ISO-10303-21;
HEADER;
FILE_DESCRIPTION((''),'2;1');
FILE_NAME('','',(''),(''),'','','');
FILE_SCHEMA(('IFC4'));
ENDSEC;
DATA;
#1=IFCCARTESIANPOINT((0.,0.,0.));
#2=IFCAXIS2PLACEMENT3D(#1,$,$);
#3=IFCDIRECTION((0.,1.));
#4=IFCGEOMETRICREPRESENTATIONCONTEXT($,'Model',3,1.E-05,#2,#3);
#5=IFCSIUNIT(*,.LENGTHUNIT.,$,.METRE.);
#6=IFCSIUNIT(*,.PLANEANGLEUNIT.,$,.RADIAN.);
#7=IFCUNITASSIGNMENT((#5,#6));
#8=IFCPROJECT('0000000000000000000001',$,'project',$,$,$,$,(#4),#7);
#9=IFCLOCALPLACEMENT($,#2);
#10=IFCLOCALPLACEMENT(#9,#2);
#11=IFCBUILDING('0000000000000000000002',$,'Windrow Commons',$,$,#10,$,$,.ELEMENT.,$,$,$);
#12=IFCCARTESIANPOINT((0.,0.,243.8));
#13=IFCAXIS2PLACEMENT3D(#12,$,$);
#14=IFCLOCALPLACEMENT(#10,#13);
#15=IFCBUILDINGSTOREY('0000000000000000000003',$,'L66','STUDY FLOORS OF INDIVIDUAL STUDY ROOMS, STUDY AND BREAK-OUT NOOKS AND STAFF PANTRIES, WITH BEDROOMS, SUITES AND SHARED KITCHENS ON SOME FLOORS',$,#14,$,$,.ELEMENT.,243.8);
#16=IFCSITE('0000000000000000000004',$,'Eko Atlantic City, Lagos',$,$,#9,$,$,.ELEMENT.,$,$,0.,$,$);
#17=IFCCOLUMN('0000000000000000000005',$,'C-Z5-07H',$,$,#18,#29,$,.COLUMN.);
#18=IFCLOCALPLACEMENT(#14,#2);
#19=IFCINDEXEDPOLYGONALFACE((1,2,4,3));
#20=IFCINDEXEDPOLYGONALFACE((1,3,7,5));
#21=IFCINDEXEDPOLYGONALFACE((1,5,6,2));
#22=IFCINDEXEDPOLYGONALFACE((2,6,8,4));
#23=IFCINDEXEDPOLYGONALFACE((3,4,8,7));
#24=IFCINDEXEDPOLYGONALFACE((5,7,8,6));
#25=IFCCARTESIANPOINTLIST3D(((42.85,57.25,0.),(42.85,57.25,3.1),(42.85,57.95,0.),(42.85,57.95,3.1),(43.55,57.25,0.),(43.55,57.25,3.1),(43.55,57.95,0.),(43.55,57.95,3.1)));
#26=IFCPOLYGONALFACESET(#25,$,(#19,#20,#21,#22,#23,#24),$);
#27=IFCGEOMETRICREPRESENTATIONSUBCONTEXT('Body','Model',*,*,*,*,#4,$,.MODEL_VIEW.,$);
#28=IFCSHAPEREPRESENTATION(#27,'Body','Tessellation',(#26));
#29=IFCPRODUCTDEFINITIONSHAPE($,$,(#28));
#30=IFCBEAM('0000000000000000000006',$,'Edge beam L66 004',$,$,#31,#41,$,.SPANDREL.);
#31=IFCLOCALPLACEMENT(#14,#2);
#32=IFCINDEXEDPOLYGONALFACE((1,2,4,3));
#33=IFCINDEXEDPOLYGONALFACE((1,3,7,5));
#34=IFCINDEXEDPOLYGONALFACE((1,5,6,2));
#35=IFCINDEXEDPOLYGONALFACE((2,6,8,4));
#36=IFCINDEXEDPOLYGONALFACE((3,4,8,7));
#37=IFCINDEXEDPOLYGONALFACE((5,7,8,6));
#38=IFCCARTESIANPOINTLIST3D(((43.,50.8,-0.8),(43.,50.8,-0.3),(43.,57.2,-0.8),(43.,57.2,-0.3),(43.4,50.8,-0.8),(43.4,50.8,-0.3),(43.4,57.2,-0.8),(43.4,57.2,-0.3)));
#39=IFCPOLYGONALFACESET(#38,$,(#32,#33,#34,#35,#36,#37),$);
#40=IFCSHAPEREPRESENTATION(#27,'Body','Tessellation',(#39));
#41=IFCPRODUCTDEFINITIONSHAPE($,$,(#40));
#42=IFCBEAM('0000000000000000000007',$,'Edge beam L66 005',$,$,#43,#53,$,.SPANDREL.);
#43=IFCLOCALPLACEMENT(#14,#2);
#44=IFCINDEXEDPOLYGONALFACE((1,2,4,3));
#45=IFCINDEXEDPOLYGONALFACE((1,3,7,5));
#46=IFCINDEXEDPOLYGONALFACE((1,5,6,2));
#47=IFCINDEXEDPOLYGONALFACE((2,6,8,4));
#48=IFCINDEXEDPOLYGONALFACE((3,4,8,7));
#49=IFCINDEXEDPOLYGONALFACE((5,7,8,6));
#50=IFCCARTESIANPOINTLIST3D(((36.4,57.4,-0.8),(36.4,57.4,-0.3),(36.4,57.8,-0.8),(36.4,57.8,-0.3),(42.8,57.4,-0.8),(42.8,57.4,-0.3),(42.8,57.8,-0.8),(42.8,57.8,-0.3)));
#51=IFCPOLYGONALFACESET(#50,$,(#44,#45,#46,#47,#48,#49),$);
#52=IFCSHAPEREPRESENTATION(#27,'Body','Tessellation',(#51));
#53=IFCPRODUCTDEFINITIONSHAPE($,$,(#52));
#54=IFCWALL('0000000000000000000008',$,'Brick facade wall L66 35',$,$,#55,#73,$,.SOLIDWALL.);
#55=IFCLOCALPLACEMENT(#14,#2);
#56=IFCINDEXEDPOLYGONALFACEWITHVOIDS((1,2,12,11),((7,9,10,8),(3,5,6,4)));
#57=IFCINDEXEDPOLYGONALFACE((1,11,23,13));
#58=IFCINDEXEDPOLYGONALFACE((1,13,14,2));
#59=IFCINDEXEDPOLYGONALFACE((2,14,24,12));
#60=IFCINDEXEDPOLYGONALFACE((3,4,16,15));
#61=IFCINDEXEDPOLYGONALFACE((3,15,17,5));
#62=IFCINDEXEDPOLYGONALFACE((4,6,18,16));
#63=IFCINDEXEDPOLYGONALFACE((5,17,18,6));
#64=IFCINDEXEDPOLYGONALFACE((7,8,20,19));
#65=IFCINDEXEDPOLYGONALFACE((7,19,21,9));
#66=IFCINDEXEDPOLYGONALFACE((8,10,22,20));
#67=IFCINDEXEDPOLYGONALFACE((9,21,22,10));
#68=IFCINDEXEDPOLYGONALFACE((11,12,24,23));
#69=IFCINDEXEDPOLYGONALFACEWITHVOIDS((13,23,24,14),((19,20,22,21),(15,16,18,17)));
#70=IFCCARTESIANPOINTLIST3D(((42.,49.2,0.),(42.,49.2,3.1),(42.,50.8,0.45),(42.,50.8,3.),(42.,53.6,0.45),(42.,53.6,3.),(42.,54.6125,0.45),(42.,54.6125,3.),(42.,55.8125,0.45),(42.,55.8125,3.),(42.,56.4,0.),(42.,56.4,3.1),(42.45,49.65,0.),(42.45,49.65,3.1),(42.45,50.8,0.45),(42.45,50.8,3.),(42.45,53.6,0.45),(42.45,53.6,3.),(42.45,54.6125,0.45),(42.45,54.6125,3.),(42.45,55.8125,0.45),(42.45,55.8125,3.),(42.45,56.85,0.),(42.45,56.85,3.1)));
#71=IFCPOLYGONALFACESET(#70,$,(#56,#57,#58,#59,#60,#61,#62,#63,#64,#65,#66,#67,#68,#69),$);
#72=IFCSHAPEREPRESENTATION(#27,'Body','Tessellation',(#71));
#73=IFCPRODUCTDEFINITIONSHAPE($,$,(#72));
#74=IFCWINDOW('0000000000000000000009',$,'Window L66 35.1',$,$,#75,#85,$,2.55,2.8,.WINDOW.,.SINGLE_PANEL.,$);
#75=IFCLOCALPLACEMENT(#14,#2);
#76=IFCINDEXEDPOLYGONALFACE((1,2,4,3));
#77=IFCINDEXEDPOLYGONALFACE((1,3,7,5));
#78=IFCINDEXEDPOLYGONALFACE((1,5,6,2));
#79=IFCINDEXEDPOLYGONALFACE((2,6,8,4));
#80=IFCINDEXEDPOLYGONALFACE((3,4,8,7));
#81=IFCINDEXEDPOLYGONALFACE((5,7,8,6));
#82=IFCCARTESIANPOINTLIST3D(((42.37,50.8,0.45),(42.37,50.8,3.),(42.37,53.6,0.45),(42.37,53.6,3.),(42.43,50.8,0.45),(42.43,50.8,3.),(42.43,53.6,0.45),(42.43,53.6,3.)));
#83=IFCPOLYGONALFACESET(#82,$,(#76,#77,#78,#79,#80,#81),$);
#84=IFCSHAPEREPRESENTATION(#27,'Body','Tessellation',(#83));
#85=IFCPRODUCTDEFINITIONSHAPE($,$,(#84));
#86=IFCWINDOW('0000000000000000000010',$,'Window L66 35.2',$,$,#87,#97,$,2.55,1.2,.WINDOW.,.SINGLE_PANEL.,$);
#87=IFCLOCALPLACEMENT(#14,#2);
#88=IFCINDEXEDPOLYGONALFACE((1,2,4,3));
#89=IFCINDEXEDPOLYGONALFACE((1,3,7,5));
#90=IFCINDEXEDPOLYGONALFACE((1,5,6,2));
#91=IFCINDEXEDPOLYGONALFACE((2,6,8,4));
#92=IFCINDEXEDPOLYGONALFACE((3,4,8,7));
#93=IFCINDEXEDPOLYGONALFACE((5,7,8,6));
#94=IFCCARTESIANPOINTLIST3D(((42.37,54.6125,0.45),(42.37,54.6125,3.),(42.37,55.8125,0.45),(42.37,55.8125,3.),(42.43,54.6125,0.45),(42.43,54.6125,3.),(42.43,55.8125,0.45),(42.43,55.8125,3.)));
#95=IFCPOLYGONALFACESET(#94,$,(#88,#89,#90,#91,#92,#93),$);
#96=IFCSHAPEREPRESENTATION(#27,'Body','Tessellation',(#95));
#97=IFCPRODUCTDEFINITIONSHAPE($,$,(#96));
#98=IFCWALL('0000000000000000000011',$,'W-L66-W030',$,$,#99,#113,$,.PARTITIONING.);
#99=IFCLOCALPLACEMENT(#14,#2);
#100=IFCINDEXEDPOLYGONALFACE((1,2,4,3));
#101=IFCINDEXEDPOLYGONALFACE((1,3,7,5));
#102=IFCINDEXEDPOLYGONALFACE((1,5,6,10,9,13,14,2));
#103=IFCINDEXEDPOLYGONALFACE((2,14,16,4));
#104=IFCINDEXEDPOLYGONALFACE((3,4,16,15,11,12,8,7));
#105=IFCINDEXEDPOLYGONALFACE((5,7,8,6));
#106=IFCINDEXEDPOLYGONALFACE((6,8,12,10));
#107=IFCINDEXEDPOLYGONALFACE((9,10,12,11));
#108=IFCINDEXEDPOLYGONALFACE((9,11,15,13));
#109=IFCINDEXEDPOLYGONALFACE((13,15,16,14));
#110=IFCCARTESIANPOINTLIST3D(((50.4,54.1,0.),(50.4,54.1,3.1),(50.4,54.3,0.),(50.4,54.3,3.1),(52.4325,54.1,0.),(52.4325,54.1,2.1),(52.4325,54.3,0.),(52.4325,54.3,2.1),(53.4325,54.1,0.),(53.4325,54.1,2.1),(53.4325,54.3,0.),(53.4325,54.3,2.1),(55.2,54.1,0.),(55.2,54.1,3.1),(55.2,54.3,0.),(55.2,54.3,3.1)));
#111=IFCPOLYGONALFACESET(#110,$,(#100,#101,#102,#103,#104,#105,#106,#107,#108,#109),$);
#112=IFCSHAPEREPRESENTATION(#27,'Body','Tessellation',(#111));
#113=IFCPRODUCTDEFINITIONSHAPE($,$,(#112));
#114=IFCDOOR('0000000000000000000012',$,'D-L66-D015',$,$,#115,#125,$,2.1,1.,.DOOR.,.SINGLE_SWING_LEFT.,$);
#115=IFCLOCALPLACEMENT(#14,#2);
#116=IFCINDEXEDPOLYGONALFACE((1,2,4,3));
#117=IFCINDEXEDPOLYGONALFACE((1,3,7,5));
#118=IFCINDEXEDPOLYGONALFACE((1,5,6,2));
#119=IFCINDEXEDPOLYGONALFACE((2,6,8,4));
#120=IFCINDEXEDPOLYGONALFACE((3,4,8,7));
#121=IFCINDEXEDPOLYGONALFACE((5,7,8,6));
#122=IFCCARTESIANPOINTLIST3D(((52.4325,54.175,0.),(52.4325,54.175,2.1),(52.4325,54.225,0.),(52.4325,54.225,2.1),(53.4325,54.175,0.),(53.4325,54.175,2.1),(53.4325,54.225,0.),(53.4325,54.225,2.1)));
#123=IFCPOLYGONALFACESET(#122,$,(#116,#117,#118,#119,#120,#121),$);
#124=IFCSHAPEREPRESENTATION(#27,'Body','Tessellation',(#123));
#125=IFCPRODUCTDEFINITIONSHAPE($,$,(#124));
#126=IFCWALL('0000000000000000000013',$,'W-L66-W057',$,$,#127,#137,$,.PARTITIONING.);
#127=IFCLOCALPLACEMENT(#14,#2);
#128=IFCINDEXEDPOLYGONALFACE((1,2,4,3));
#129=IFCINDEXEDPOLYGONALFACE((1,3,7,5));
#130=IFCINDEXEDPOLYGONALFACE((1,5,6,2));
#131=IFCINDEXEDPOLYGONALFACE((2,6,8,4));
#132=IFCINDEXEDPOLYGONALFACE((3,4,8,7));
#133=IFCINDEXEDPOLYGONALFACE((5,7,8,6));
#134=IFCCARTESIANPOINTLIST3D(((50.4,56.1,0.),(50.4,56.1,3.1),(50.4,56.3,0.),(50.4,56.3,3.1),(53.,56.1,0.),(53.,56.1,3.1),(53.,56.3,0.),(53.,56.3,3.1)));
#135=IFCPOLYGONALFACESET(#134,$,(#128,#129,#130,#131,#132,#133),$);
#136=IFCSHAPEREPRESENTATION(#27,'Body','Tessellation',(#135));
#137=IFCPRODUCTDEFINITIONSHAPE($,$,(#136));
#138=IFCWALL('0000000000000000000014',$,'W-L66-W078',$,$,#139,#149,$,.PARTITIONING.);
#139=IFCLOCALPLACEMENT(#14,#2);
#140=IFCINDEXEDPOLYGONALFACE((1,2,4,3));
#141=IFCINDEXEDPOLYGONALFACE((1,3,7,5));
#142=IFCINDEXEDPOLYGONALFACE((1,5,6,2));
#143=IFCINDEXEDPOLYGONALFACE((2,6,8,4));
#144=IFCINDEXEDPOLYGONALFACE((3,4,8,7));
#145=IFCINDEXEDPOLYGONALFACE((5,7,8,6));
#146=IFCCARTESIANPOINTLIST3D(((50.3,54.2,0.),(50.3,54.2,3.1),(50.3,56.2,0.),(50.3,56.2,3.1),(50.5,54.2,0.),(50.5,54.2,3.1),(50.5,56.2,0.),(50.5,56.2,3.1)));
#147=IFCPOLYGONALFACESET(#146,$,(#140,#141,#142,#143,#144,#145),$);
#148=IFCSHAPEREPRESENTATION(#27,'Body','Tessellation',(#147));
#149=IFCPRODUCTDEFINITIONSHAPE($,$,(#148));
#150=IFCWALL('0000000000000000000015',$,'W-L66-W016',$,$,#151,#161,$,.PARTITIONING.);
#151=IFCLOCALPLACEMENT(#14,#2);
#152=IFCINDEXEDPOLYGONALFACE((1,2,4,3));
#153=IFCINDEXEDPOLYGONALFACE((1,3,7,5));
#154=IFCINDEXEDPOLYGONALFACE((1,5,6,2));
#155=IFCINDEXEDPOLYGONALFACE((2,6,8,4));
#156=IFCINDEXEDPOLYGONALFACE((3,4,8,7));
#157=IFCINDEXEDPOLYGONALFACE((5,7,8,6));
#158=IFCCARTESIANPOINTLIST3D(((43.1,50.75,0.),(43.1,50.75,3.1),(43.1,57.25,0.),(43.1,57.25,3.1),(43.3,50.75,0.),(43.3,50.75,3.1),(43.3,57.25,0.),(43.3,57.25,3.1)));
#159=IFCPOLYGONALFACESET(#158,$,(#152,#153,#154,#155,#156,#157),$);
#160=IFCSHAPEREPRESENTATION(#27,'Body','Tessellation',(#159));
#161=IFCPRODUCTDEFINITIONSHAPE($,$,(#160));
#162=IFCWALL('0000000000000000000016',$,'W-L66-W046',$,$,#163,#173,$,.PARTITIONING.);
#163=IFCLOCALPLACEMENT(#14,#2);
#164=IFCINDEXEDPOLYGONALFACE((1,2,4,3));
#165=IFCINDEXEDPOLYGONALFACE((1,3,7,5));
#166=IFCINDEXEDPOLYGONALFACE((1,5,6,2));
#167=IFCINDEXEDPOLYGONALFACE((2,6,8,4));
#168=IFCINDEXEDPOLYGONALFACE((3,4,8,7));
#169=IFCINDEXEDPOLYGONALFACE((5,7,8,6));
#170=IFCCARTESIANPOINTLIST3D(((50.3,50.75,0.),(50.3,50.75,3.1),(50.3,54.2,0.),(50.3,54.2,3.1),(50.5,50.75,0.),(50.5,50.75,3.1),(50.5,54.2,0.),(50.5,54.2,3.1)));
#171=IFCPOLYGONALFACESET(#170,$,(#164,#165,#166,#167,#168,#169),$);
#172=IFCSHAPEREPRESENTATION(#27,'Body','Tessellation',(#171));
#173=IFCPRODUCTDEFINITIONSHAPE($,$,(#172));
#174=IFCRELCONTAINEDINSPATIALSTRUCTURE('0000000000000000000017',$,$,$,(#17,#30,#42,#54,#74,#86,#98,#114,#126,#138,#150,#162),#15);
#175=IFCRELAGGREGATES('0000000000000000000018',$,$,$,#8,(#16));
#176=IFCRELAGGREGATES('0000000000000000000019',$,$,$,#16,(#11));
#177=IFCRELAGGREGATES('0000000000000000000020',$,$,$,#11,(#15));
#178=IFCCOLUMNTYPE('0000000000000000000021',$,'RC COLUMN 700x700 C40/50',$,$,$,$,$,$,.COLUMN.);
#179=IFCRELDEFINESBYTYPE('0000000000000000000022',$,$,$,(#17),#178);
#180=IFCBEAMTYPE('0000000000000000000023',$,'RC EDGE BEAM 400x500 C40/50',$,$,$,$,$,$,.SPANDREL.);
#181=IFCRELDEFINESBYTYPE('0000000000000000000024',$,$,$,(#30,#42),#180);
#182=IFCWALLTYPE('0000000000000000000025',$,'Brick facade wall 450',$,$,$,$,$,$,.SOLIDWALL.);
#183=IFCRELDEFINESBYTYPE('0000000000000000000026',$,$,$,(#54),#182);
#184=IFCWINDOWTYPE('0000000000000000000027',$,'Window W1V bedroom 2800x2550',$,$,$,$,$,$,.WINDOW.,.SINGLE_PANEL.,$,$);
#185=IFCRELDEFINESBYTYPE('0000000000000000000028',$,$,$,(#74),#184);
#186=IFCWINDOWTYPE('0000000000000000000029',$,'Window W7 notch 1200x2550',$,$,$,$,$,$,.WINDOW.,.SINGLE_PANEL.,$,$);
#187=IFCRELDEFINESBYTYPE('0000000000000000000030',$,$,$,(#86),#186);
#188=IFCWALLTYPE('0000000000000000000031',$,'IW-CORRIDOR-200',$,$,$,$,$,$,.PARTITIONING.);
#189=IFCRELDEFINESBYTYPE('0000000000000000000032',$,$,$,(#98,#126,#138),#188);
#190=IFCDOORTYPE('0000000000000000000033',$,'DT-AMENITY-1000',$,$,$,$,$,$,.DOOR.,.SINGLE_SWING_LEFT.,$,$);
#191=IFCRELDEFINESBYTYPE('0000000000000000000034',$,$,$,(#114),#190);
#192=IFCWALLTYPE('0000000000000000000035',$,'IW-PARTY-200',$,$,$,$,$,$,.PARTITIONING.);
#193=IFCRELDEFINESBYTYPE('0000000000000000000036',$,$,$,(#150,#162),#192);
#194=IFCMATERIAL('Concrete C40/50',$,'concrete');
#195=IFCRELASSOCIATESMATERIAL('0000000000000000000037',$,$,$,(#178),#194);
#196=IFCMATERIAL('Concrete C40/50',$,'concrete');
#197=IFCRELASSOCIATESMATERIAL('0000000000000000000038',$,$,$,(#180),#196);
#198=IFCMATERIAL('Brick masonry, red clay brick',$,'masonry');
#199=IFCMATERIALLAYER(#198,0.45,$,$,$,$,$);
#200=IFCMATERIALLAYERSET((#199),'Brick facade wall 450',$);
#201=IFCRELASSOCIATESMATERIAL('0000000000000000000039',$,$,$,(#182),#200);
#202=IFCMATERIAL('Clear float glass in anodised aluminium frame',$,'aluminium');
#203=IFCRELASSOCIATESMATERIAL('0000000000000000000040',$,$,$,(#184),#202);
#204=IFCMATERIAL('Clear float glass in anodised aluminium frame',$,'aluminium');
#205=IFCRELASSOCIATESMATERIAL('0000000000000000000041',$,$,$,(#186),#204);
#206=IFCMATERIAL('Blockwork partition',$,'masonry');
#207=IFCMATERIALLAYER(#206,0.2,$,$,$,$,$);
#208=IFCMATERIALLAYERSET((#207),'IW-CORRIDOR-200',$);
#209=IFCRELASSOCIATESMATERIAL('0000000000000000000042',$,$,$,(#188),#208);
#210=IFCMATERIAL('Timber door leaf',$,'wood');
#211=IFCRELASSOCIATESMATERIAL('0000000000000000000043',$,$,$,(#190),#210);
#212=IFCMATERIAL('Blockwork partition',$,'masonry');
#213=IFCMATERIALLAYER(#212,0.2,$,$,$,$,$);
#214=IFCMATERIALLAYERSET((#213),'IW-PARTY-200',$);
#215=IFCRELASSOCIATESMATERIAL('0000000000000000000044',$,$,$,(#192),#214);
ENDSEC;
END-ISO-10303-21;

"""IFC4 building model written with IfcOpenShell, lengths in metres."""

from ifc_helpers import new_model, si_unit, direction, frame, frame_2d, origin, origin_2d, place, context, subcontext, project, spatial, polyline, rectangle, outline, extrude, material, layer, layer_set, material_profile, profile_set, type_object, element, fill, save


model = new_model("IFC4")

# Units and contexts
model_context = context("Model", 3, precision=1e-05, world=origin(), true_north=direction((0.0, 1.0)))
body_context = subcontext(model_context, "Body", "Model", "MODEL_VIEW")
ifc_project = project(units=[si_unit("LENGTHUNIT", "METRE"), si_unit("PLANEANGLEUNIT", "RADIAN")], contexts=[model_context])

# Site, building, storey
site_placement = place(None, origin())
site = spatial("IfcSite", under=ifc_project, at=site_placement, Name="Eko Atlantic City, Lagos", CompositionType="ELEMENT", RefElevation=0.0)
building_placement = place(site_placement, origin())
building = spatial("IfcBuilding", under=site, at=building_placement, Name="Windrow Commons", CompositionType="ELEMENT")
storey_placement = place(building_placement, frame((0.0, 0.0, 243.8)))
storey = spatial("IfcBuildingStorey", under=building, at=storey_placement, Name="L66", Description="STUDY FLOORS OF INDIVIDUAL STUDY ROOMS, STUDY AND BREAK-OUT NOOKS AND STAFF PANTRIES, WITH BEDROOMS, SUITES AND SHARED KITCHENS ON SOME FLOORS", CompositionType="ELEMENT", Elevation=243.8)

# Column
ifc_material_1 = material(Name="Concrete C40/50", Category="concrete")
ifc_material_profile_1 = material_profile(ifc_material_1, rectangle(XDim=0.7, YDim=0.7, at=origin_2d()))
ifc_profile_set_1 = profile_set([ifc_material_profile_1], Name="Concrete C40/50")
column_type = type_object("IfcColumnType", Name="RC COLUMN 700x700 C40/50", PredefinedType="COLUMN", material=ifc_profile_set_1)
column_placement = place(storey_placement, frame((43.2, 57.6, 0.0), z_axis=(0.0, 0.0, 1.0), x_axis=(1.0, 0.0, 0.0)))
element("IfcColumn", 1, at=column_placement, inside=storey, type_object=column_type, Name="C-Z5-07H", PredefinedType="COLUMN", context=body_context, shape_type="SweptSolid", body=[
    extrude(rectangle(XDim=0.7, YDim=0.7, at=origin_2d()), origin(), (0.0, 0.0, 1.0), 3.1),
])

# Beams
ifc_material_2 = material(Name="Concrete C40/50", Category="concrete")
ifc_material_profile_2 = material_profile(ifc_material_2, rectangle(XDim=0.4, YDim=0.5, at=origin_2d()))
ifc_profile_set_2 = profile_set([ifc_material_profile_2], Name="Concrete C40/50")
beam_type = type_object("IfcBeamType", Name="RC EDGE BEAM 400x500 C40/50", PredefinedType="SPANDREL", material=ifc_profile_set_2)
for number, where, z_axis, x_axis, name in (
    (2, (43.2, 50.8, -0.55), (0.0, 1.0, 0.0), (-1.0, 0.0, 0.0), "Edge beam L66 004"),
    (3, (42.8, 57.6, -0.55), (-1.0, 0.0, 0.0), (0.0, -1.0, 0.0), "Edge beam L66 005"),
):
    element("IfcBeam", number, at=place(storey_placement, frame(where, z_axis=z_axis, x_axis=x_axis)), inside=storey, type_object=beam_type, Name=name, PredefinedType="SPANDREL", context=body_context, shape_type="SweptSolid", body=[
        extrude(rectangle(XDim=0.4, YDim=0.5, at=origin_2d()), origin(), (0.0, 0.0, 1.0), 6.4),
    ])

# Wall, openings, windows
ifc_material_3 = material(Name="Brick masonry, red clay brick", Category="masonry")
ifc_layer_1 = layer(ifc_material_3, 0.45)
ifc_layer_set_1 = layer_set([ifc_layer_1], Name="Brick facade wall 450")
wall_type_1 = type_object("IfcWallType", Name="Brick facade wall 450", PredefinedType="SOLIDWALL", material=ifc_layer_set_1)
wall_1_placement = place(storey_placement, frame((42.225, 56.625, 0.0), z_axis=(0.0, 0.0, 1.0), x_axis=(0.0, -1.0, 0.0)))
wall_1 = element("IfcWall", 4, at=wall_1_placement, inside=storey, type_object=wall_type_1, Name="Brick facade wall L66 35", PredefinedType="SOLIDWALL", context=body_context, shape_type="SweptSolid", body=[
    extrude(outline(polyline([(0.225, -0.225), (7.425, -0.225), (6.975, 0.225), (-0.225, 0.225), (0.225, -0.225)])), origin(), (0.0, 0.0, 1.0), 3.1),
])
opening_1_placement = place(wall_1_placement, frame((3.025, 0.0, 0.45)))
opening_1 = element("IfcOpeningElement", 5, at=opening_1_placement, cuts=wall_1, PredefinedType="OPENING", context=body_context, shape_type="SweptSolid", body=[
    extrude(rectangle(XDim=2.8, YDim=2.55, at=frame_2d((1.4, 1.275))), frame((0.0, 0.235, 0.0), z_axis=(0.0, -1.0, 0.0), x_axis=(1.0, 0.0, 0.0)), (0.0, 0.0, 1.0), 0.47),
])
opening_2_placement = place(wall_1_placement, frame((0.8125, 0.0, 0.45)))
opening_2 = element("IfcOpeningElement", 6, at=opening_2_placement, cuts=wall_1, PredefinedType="OPENING", context=body_context, shape_type="SweptSolid", body=[
    extrude(rectangle(XDim=1.2, YDim=2.55, at=frame_2d((0.6, 1.275))), frame((0.0, 0.235, 0.0), z_axis=(0.0, -1.0, 0.0), x_axis=(1.0, 0.0, 0.0)), (0.0, 0.0, 1.0), 0.47),
])
ifc_material_4 = material(Name="Clear float glass in anodised aluminium frame", Category="aluminium")
window_type_1 = type_object("IfcWindowType", Name="Window W1V bedroom 2800x2550", PartitioningType="SINGLE_PANEL", PredefinedType="WINDOW", material=ifc_material_4)
window_1_placement = place(opening_1_placement, origin())
window_1 = element("IfcWindow", 7, at=window_1_placement, inside=storey, type_object=window_type_1, Name="Window L66 35.1", OverallHeight=2.55, OverallWidth=2.8, PartitioningType="SINGLE_PANEL", PredefinedType="WINDOW", context=body_context, shape_type="SweptSolid", body=[
    extrude(rectangle(XDim=2.8, YDim=2.55, at=frame_2d((1.4, 1.275))), frame((0.0, 0.205, 0.0), z_axis=(0.0, -1.0, 0.0), x_axis=(1.0, 0.0, 0.0)), (0.0, 0.0, 1.0), 0.06),
])
fill(opening_1, window_1)
ifc_material_5 = material(Name="Clear float glass in anodised aluminium frame", Category="aluminium")
window_type_2 = type_object("IfcWindowType", Name="Window W7 notch 1200x2550", PartitioningType="SINGLE_PANEL", PredefinedType="WINDOW", material=ifc_material_5)
window_2_placement = place(opening_2_placement, origin())
window_2 = element("IfcWindow", 8, at=window_2_placement, inside=storey, type_object=window_type_2, Name="Window L66 35.2", OverallHeight=2.55, OverallWidth=1.2, PartitioningType="SINGLE_PANEL", PredefinedType="WINDOW", context=body_context, shape_type="SweptSolid", body=[
    extrude(rectangle(XDim=1.2, YDim=2.55, at=frame_2d((0.6, 1.275))), frame((0.0, 0.205, 0.0), z_axis=(0.0, -1.0, 0.0), x_axis=(1.0, 0.0, 0.0)), (0.0, 0.0, 1.0), 0.06),
])
fill(opening_2, window_2)

# Wall, opening, door
ifc_material_6 = material(Name="Blockwork partition", Category="masonry")
ifc_layer_2 = layer(ifc_material_6, 0.2)
ifc_layer_set_2 = layer_set([ifc_layer_2], Name="IW-CORRIDOR-200")
wall_type_2 = type_object("IfcWallType", Name="IW-CORRIDOR-200", PredefinedType="PARTITIONING", material=ifc_layer_set_2)
wall_2_placement = place(storey_placement, frame((50.4, 54.2, 0.0), z_axis=(0.0, 0.0, 1.0), x_axis=(1.0, 0.0, 0.0)))
wall_2 = element("IfcWall", 9, at=wall_2_placement, inside=storey, type_object=wall_type_2, Name="W-L66-W030", PredefinedType="PARTITIONING", context=body_context, shape_type="SweptSolid", body=[
    extrude(rectangle(XDim=4.8, YDim=0.2, at=frame_2d((2.4, 0.0))), origin(), (0.0, 0.0, 1.0), 3.1),
])
opening_3_placement = place(wall_2_placement, frame((2.0325, 0.0, 0.0)))
opening_3 = element("IfcOpeningElement", 10, at=opening_3_placement, cuts=wall_2, PredefinedType="OPENING", context=body_context, shape_type="SweptSolid", body=[
    extrude(rectangle(XDim=1.0, YDim=2.1, at=frame_2d((0.5, 1.05))), frame((0.0, 0.11, 0.0), z_axis=(0.0, -1.0, 0.0), x_axis=(1.0, 0.0, 0.0)), (0.0, 0.0, 1.0), 0.22),
])
ifc_material_7 = material(Name="Timber door leaf", Category="wood")
door_type = type_object("IfcDoorType", Name="DT-AMENITY-1000", OperationType="SINGLE_SWING_LEFT", PredefinedType="DOOR", material=ifc_material_7)
door_placement = place(opening_3_placement, origin())
door = element("IfcDoor", 11, at=door_placement, inside=storey, type_object=door_type, Name="D-L66-D015", OperationType="SINGLE_SWING_LEFT", OverallHeight=2.1, OverallWidth=1.0, PredefinedType="DOOR", context=body_context, shape_type="SweptSolid", body=[
    extrude(rectangle(XDim=1.0, YDim=2.1, at=frame_2d((0.5, 1.05))), frame((0.0, 0.025, 0.0), z_axis=(0.0, -1.0, 0.0), x_axis=(1.0, 0.0, 0.0)), (0.0, 0.0, 1.0), 0.05),
])
fill(opening_3, door)

# Walls
wall_3_placement = place(storey_placement, frame((50.4, 56.2, 0.0), z_axis=(0.0, 0.0, 1.0), x_axis=(1.0, 0.0, 0.0)))
element("IfcWall", 12, at=wall_3_placement, inside=storey, type_object=wall_type_2, Name="W-L66-W057", PredefinedType="PARTITIONING", context=body_context, shape_type="SweptSolid", body=[
    extrude(rectangle(XDim=2.6, YDim=0.2, at=frame_2d((1.3, 0.0))), origin(), (0.0, 0.0, 1.0), 3.1),
])
wall_4_placement = place(storey_placement, frame((50.4, 54.2, 0.0), z_axis=(0.0, 0.0, 1.0), x_axis=(0.0, 1.0, 0.0)))
element("IfcWall", 13, at=wall_4_placement, inside=storey, type_object=wall_type_2, Name="W-L66-W078", PredefinedType="PARTITIONING", context=body_context, shape_type="SweptSolid", body=[
    extrude(rectangle(XDim=2.0, YDim=0.2, at=frame_2d((1.0, 0.0))), origin(), (0.0, 0.0, 1.0), 3.1),
])
ifc_material_8 = material(Name="Blockwork partition", Category="masonry")
ifc_layer_3 = layer(ifc_material_8, 0.2)
ifc_layer_set_3 = layer_set([ifc_layer_3], Name="IW-PARTY-200")
wall_type_3 = type_object("IfcWallType", Name="IW-PARTY-200", PredefinedType="PARTITIONING", material=ifc_layer_set_3)
wall_5_placement = place(storey_placement, frame((43.2, 50.75, 0.0), z_axis=(0.0, 0.0, 1.0), x_axis=(0.0, 1.0, 0.0)))
element("IfcWall", 14, at=wall_5_placement, inside=storey, type_object=wall_type_3, Name="W-L66-W016", PredefinedType="PARTITIONING", context=body_context, shape_type="SweptSolid", body=[
    extrude(rectangle(XDim=6.5, YDim=0.2, at=frame_2d((3.25, 0.0))), origin(), (0.0, 0.0, 1.0), 3.1),
])
for number, where, z_axis, x_axis, name in (
    (15, (50.4, 50.75, 0.0), (0.0, 0.0, 1.0), (0.0, 1.0, 0.0), "W-L66-W046"),
):
    element("IfcWall", number, at=place(storey_placement, frame(where, z_axis=z_axis, x_axis=x_axis)), inside=storey, type_object=wall_type_3, Name=name, PredefinedType="PARTITIONING", context=body_context, shape_type="SweptSolid", body=[
        extrude(rectangle(XDim=3.45, YDim=0.2, at=frame_2d((1.725, 0.0))), origin(), (0.0, 0.0, 1.0), 3.1),
    ])

save(model, "model.ifc")
